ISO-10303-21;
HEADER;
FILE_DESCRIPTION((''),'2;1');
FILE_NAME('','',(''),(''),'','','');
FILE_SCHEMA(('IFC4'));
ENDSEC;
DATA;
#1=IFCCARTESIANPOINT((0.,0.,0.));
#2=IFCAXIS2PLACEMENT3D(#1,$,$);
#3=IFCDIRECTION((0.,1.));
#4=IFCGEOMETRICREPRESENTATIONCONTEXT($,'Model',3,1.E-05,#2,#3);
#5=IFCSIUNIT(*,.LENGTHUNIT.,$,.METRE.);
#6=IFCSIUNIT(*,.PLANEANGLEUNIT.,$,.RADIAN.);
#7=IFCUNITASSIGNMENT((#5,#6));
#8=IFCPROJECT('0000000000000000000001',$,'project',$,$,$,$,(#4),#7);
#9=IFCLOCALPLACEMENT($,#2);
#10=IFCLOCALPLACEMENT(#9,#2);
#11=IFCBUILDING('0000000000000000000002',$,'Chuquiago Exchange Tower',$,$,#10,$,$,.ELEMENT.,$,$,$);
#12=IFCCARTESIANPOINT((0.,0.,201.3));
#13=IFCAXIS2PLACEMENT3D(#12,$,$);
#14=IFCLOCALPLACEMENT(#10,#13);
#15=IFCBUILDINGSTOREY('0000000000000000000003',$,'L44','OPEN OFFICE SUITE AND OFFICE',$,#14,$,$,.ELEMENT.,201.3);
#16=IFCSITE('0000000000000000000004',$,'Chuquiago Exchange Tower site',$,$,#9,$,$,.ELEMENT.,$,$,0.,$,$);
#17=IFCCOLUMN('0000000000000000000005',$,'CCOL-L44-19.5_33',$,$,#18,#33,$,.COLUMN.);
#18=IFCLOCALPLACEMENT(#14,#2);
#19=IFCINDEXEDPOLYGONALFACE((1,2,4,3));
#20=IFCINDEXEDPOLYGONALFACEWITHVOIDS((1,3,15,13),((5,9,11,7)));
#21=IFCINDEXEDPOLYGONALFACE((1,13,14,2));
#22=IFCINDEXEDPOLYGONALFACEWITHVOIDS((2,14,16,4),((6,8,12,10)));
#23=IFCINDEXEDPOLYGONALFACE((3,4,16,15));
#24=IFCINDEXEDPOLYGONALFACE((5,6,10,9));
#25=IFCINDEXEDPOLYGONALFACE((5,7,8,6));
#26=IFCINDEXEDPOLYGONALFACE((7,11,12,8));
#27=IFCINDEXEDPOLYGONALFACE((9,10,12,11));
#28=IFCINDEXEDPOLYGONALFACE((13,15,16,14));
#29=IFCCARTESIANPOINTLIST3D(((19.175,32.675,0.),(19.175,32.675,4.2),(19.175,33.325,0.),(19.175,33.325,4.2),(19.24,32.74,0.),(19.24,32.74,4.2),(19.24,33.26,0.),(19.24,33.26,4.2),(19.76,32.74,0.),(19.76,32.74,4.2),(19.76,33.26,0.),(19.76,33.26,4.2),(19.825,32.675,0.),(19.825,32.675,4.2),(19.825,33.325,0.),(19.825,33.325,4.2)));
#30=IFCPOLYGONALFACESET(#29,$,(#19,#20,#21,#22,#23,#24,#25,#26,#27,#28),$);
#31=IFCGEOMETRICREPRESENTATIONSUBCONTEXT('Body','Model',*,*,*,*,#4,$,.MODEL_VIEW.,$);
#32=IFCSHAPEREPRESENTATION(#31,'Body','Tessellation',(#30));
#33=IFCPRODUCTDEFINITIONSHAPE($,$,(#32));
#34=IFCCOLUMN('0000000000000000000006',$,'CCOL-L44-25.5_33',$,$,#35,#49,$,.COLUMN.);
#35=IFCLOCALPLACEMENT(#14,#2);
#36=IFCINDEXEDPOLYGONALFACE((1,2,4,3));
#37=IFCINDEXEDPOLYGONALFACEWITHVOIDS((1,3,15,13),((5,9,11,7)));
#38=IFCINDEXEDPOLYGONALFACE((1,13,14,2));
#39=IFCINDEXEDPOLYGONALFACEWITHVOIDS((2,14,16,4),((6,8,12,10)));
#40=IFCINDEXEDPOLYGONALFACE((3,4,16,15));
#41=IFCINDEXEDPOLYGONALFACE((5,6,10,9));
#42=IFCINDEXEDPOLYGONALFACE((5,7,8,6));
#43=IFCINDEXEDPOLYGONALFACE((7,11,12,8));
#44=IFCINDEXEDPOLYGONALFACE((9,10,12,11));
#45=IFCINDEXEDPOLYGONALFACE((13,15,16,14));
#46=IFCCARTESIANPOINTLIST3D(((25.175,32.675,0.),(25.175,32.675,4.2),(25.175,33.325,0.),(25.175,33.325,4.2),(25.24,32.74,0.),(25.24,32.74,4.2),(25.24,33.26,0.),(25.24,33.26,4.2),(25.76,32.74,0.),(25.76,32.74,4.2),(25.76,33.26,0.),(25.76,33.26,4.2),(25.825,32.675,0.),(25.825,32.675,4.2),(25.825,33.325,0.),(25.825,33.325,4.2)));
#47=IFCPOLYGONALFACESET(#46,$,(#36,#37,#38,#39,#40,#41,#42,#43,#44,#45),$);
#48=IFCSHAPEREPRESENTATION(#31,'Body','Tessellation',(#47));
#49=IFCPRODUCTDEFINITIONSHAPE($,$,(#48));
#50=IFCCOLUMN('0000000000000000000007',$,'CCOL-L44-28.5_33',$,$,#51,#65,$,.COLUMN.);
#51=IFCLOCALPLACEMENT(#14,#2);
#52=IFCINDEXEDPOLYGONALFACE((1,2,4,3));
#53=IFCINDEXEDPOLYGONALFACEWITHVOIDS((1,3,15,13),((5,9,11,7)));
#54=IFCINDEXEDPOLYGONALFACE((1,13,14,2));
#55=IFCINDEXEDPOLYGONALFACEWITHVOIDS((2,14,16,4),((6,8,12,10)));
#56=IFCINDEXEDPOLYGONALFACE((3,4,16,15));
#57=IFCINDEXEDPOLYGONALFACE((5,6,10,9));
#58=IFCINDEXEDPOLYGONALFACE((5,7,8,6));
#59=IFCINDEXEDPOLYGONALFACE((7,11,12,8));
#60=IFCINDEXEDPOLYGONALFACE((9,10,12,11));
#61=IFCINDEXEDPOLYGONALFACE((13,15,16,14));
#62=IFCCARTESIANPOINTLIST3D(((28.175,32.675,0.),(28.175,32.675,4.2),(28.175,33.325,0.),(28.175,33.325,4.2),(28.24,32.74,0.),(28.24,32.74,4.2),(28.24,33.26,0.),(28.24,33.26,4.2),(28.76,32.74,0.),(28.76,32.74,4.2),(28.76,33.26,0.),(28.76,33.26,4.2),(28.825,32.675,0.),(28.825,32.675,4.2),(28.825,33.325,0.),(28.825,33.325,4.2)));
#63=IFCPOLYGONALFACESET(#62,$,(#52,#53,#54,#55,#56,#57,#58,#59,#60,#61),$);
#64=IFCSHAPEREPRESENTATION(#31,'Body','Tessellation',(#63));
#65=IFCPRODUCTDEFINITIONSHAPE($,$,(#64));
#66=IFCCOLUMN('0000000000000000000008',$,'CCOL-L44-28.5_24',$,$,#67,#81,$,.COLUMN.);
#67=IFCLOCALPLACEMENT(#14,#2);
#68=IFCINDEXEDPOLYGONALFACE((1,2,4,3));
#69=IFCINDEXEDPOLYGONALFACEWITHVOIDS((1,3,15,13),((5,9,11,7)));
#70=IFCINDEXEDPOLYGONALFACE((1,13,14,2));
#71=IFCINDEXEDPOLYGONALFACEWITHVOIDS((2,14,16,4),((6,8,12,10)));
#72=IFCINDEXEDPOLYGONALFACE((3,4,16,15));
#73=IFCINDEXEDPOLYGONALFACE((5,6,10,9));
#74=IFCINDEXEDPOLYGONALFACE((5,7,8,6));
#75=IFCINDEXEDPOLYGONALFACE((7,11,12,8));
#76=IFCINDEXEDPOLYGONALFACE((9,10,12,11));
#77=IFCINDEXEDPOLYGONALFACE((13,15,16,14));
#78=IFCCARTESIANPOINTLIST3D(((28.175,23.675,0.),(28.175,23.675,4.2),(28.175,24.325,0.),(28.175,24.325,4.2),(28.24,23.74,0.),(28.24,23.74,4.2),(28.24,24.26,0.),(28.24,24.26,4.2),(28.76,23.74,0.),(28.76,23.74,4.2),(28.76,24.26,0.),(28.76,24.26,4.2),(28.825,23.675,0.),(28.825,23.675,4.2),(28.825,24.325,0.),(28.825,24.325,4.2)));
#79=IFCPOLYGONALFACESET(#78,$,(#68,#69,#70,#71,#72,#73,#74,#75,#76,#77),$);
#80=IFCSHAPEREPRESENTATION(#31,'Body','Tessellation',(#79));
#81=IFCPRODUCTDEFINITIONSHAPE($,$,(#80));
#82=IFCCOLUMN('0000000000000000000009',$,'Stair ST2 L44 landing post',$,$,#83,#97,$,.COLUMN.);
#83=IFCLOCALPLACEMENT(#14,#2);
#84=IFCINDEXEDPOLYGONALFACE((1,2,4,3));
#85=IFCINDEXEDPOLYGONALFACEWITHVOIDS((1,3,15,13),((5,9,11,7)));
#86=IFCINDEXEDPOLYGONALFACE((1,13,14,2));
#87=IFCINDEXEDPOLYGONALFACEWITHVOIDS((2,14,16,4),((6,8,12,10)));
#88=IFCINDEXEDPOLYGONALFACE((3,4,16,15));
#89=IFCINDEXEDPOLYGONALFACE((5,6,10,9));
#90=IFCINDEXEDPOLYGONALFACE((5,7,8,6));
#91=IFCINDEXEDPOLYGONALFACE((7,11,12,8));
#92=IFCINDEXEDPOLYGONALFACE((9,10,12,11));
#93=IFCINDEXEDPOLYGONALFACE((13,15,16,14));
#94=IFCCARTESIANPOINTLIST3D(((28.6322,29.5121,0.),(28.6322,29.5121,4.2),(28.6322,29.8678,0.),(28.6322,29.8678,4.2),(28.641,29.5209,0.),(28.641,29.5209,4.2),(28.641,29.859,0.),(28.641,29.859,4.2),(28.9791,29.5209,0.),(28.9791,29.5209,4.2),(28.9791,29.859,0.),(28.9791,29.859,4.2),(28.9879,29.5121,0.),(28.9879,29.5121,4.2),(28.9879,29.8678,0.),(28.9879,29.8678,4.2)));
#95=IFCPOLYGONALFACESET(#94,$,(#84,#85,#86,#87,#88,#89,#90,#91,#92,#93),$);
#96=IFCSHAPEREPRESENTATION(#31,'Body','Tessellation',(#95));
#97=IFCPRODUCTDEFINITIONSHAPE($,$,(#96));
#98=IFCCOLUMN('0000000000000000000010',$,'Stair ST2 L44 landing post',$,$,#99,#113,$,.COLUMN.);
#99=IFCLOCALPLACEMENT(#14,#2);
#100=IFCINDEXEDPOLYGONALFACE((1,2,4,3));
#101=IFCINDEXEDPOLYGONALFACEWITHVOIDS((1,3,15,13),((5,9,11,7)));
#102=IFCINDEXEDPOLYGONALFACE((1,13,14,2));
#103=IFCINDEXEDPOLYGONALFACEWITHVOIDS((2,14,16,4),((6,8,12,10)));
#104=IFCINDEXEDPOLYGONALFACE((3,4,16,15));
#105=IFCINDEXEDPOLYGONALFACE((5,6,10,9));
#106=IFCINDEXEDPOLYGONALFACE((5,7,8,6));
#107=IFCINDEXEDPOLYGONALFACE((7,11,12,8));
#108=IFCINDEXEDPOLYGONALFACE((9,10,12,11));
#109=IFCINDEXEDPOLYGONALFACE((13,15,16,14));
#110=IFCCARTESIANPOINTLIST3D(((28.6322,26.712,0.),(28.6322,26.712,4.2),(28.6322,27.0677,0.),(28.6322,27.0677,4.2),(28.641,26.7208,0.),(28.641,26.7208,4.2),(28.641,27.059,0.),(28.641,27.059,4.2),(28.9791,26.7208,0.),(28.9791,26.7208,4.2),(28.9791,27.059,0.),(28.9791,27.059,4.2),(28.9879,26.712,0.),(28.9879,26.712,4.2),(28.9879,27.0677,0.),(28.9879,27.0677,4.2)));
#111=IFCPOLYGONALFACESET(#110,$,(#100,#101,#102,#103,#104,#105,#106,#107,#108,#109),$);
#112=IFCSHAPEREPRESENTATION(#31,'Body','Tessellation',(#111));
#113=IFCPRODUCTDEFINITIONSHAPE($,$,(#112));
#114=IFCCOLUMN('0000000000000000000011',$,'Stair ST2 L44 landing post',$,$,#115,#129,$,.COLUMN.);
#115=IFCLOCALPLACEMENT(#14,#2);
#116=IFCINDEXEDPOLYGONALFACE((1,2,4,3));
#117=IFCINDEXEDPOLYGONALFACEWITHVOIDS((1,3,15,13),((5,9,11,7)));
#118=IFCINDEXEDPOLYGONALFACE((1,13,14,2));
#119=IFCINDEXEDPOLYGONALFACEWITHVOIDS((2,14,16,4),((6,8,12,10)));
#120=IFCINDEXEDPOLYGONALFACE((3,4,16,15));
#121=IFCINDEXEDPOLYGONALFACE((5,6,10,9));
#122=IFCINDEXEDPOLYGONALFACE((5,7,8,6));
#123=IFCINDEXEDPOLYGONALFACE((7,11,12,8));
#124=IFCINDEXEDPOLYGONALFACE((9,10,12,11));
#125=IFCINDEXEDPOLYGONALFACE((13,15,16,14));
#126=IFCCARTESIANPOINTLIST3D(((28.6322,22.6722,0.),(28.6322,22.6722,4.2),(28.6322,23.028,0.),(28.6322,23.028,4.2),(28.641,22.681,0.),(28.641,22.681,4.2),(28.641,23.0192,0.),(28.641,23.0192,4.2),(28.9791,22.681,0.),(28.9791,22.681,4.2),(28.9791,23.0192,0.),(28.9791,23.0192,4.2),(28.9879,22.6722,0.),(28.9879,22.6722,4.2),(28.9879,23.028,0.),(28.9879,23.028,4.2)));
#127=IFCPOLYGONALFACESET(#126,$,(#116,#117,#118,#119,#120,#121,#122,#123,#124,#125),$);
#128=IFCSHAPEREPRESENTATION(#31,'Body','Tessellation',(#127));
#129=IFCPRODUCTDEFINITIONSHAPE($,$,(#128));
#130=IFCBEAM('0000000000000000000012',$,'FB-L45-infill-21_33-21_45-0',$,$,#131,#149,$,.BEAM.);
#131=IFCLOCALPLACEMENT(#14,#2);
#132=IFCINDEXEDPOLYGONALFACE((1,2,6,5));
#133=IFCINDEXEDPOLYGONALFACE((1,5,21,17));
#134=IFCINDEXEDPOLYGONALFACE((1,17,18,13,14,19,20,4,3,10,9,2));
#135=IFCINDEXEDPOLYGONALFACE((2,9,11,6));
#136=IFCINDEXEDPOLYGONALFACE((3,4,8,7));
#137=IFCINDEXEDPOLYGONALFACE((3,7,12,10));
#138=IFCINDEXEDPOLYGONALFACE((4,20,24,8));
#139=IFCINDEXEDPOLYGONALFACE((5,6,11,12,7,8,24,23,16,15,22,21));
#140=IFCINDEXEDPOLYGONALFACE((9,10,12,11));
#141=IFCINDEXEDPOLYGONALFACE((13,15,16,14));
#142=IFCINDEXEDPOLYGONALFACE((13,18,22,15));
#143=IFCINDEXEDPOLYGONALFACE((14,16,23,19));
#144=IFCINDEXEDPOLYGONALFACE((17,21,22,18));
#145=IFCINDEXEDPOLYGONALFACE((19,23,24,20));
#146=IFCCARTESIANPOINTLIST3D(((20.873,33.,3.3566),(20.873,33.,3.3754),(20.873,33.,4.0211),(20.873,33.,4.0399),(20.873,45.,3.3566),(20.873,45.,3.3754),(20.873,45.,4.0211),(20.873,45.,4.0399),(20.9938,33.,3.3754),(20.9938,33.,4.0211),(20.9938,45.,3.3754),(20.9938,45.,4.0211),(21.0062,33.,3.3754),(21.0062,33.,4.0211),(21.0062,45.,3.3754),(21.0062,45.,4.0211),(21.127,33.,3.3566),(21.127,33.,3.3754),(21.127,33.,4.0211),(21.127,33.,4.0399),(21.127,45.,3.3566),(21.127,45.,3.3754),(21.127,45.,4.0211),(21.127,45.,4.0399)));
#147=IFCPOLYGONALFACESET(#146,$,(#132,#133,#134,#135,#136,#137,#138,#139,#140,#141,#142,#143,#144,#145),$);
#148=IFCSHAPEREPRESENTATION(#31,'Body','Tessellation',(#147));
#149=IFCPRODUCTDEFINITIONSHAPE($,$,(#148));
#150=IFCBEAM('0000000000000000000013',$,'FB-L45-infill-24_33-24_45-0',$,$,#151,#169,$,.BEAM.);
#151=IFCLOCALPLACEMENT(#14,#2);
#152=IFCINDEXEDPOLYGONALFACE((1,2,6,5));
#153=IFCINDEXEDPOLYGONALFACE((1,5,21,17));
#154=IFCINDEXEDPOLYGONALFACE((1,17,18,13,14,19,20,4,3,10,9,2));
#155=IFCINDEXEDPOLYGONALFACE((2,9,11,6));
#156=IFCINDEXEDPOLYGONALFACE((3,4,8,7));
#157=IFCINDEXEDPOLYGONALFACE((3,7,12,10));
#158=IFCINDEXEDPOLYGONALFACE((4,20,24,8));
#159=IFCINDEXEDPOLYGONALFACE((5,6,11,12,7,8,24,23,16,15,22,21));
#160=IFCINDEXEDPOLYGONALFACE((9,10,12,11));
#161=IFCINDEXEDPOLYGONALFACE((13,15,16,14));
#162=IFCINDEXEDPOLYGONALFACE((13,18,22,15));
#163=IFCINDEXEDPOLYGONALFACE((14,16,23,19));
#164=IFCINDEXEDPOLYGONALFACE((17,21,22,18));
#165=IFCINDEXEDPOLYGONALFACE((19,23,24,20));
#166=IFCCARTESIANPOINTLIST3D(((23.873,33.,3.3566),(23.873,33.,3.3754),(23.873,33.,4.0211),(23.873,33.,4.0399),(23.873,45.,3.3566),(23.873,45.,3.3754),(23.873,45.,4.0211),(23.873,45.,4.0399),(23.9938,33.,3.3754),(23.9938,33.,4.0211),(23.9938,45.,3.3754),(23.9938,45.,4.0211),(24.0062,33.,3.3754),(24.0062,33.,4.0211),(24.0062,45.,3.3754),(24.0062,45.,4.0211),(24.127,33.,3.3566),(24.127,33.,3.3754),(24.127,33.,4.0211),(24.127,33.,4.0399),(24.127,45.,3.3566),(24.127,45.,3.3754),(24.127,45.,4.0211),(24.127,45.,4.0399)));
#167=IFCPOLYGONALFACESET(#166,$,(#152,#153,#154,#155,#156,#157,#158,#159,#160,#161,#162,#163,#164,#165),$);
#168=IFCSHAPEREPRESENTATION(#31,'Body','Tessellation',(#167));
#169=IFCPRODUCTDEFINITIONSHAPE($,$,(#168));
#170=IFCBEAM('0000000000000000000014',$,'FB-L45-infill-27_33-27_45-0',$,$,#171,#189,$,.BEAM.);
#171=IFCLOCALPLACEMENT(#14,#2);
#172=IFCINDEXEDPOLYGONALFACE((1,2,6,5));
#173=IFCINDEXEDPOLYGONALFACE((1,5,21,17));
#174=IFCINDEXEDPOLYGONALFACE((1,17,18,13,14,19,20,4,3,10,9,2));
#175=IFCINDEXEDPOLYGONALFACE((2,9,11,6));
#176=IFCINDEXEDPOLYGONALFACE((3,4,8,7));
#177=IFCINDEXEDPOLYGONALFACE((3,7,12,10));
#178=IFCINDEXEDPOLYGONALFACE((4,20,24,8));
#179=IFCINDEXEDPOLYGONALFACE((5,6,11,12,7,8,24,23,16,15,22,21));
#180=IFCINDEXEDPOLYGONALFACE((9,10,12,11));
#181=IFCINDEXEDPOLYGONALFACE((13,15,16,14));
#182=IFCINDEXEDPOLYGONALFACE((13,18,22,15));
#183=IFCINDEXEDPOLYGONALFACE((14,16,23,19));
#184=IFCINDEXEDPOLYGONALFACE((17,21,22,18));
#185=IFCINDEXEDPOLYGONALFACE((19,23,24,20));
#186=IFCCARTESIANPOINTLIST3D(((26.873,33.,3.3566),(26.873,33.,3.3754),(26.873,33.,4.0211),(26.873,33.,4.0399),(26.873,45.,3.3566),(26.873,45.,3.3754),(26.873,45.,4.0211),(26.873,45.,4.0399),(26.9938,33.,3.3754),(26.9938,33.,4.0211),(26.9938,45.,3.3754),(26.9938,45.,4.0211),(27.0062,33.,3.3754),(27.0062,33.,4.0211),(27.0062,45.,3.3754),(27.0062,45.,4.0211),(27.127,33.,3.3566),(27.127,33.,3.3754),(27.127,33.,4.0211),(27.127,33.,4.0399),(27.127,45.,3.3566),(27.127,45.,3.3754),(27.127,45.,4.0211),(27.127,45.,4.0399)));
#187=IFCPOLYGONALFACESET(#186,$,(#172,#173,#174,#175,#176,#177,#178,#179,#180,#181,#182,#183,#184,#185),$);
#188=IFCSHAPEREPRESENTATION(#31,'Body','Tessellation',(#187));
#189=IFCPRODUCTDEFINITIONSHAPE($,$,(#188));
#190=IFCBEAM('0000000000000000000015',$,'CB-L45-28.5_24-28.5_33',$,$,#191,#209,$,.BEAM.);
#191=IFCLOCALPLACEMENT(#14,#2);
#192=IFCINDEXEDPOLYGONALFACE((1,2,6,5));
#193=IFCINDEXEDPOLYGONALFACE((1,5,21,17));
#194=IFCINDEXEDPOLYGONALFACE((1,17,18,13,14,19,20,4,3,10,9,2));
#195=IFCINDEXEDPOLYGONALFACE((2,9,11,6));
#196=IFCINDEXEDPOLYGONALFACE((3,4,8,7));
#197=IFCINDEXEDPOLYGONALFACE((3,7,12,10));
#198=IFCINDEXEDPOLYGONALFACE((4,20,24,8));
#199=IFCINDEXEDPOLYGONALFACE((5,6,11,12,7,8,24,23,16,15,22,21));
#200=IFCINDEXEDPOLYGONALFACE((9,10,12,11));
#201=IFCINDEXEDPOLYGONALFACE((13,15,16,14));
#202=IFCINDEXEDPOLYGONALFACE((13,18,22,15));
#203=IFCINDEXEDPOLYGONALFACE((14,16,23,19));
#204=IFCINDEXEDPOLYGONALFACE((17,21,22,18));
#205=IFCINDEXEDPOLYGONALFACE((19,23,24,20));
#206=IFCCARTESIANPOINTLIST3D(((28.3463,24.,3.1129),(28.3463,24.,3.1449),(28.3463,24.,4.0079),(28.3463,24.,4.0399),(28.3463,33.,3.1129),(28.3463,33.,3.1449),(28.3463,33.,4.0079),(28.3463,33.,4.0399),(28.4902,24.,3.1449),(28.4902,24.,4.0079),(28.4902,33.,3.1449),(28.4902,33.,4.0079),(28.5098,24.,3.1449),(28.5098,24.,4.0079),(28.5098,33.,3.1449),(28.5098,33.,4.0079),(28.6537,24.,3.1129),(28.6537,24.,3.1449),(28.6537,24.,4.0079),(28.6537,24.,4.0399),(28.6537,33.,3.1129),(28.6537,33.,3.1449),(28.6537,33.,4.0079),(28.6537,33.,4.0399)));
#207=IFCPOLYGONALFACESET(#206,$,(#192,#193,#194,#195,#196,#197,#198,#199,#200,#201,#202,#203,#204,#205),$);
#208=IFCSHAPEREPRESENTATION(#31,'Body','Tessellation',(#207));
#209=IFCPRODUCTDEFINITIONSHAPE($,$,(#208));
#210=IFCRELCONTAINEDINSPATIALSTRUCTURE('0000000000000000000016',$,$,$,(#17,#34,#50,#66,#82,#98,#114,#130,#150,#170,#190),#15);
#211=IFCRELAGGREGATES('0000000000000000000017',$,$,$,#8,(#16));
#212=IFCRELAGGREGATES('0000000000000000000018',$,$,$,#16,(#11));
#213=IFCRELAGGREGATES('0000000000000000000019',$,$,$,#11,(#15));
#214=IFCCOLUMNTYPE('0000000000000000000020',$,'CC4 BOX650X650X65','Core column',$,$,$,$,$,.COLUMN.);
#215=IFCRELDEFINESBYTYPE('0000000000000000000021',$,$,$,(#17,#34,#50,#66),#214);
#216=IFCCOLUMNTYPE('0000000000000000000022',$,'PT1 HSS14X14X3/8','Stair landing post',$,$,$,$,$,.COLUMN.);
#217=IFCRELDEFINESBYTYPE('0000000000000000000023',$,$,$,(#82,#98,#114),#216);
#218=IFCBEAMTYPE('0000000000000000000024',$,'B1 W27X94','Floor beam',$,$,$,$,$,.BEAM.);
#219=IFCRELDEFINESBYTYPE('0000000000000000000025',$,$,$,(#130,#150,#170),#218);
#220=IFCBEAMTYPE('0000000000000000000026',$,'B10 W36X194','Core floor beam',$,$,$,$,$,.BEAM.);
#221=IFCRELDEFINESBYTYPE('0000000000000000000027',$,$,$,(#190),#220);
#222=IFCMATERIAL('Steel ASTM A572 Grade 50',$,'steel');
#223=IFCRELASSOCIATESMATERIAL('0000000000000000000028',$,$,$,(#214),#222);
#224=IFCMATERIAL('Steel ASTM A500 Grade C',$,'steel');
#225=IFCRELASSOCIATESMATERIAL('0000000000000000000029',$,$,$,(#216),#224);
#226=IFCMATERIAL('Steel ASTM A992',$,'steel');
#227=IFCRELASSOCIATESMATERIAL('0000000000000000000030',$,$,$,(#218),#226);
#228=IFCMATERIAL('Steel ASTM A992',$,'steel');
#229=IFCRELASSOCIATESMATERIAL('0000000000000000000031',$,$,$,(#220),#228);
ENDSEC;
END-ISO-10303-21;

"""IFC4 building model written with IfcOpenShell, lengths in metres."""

from ifc_helpers import new_model, si_unit, direction, frame, origin, origin_2d, place, context, subcontext, project, spatial, hollow_rectangle, i_section, extrude, material, material_profile, profile_set, type_object, element, save


model = new_model("IFC4")

# Units and contexts
model_context = context("Model", 3, precision=1e-05, world=origin(), true_north=direction((0.0, 1.0)))
body_context = subcontext(model_context, "Body", "Model", "MODEL_VIEW")
ifc_project = project(units=[si_unit("LENGTHUNIT", "METRE"), si_unit("PLANEANGLEUNIT", "RADIAN")], contexts=[model_context])

# Site, building, storey
site_placement = place(None, origin())
site = spatial("IfcSite", under=ifc_project, at=site_placement, Name="Chuquiago Exchange Tower site", CompositionType="ELEMENT", RefElevation=0.0)
building_placement = place(site_placement, origin())
building = spatial("IfcBuilding", under=site, at=building_placement, Name="Chuquiago Exchange Tower", CompositionType="ELEMENT")
storey_placement = place(building_placement, frame((0.0, 0.0, 201.3)))
storey = spatial("IfcBuildingStorey", under=building, at=storey_placement, Name="L44", Description="OPEN OFFICE SUITE AND OFFICE", CompositionType="ELEMENT", Elevation=201.3)

# Columns
ifc_material_1 = material(Name="Steel ASTM A572 Grade 50", Category="steel")
ifc_material_profile_1 = material_profile(ifc_material_1, hollow_rectangle(XDim=0.6499, YDim=0.6499, WallThickness=0.0649, at=origin_2d()), Name="BOX650X650X65")
ifc_profile_set_1 = profile_set([ifc_material_profile_1], Name="Steel ASTM A572 Grade 50")
column_type_1 = type_object("IfcColumnType", Name="CC4 BOX650X650X65", Description="Core column", PredefinedType="COLUMN", material=ifc_profile_set_1)
for number, where, z_axis, x_axis, name in (
    (1, (19.5, 33.0, 0.0), (0.0, 0.0, 1.0), (1.0, 0.0, 0.0), "CCOL-L44-19.5_33"),
    (2, (25.5, 33.0, 0.0), (0.0, 0.0, 1.0), (1.0, 0.0, 0.0), "CCOL-L44-25.5_33"),
    (3, (28.5, 33.0, 0.0), (0.0, 0.0, 1.0), (1.0, 0.0, 0.0), "CCOL-L44-28.5_33"),
    (4, (28.5, 24.0, 0.0), (0.0, 0.0, 1.0), (1.0, 0.0, 0.0), "CCOL-L44-28.5_24"),
):
    element("IfcColumn", number, at=place(storey_placement, frame(where, z_axis=z_axis, x_axis=x_axis)), inside=storey, type_object=column_type_1, Name=name, PredefinedType="COLUMN", context=body_context, shape_type="SweptSolid", body=[
        extrude(hollow_rectangle(XDim=0.6499, YDim=0.6499, WallThickness=0.0649, at=origin_2d()), origin(), (0.0, 0.0, 1.0), 4.2),
    ])
ifc_material_2 = material(Name="Steel ASTM A500 Grade C", Category="steel")
ifc_material_profile_2 = material_profile(ifc_material_2, hollow_rectangle(XDim=0.3557, YDim=0.3557, WallThickness=0.0088, at=origin_2d()), Name="HSS14X14X3/8")
ifc_profile_set_2 = profile_set([ifc_material_profile_2], Name="Steel ASTM A500 Grade C")
column_type_2 = type_object("IfcColumnType", Name="PT1 HSS14X14X3/8", Description="Stair landing post", PredefinedType="COLUMN", material=ifc_profile_set_2)
for number, where, z_axis, x_axis, name in (
    (5, (28.8101, 29.6899, 0.0), (0.0, 0.0, 1.0), (1.0, 0.0, 0.0), "Stair ST2 L44 landing post"),
    (6, (28.8101, 26.8899, 0.0), (0.0, 0.0, 1.0), (1.0, 0.0, 0.0), "Stair ST2 L44 landing post"),
    (7, (28.8101, 22.8501, 0.0), (0.0, 0.0, 1.0), (1.0, 0.0, 0.0), "Stair ST2 L44 landing post"),
):
    element("IfcColumn", number, at=place(storey_placement, frame(where, z_axis=z_axis, x_axis=x_axis)), inside=storey, type_object=column_type_2, Name=name, PredefinedType="COLUMN", context=body_context, shape_type="SweptSolid", body=[
        extrude(hollow_rectangle(XDim=0.3557, YDim=0.3557, WallThickness=0.0088, at=origin_2d()), origin(), (0.0, 0.0, 1.0), 4.2),
    ])

# Beams
ifc_material_3 = material(Name="Steel ASTM A992", Category="steel")
ifc_material_profile_3 = material_profile(ifc_material_3, i_section(OverallWidth=0.2539, OverallDepth=0.6833, WebThickness=0.0125, FlangeThickness=0.0188, at=origin_2d()), Name="W27X94")
ifc_profile_set_3 = profile_set([ifc_material_profile_3], Name="Steel ASTM A992")
beam_type_1 = type_object("IfcBeamType", Name="B1 W27X94", Description="Floor beam", PredefinedType="BEAM", material=ifc_profile_set_3)
for number, where, z_axis, x_axis, name in (
    (8, (21.0, 33.0, 3.6982), (0.0, 1.0, 0.0), (-1.0, 0.0, 0.0), "FB-L45-infill-21_33-21_45-0"),
    (9, (24.0, 33.0, 3.6982), (0.0, 1.0, 0.0), (-1.0, 0.0, 0.0), "FB-L45-infill-24_33-24_45-0"),
    (10, (27.0, 33.0, 3.6982), (0.0, 1.0, 0.0), (-1.0, 0.0, 0.0), "FB-L45-infill-27_33-27_45-0"),
):
    element("IfcBeam", number, at=place(storey_placement, frame(where, z_axis=z_axis, x_axis=x_axis)), inside=storey, type_object=beam_type_1, Name=name, PredefinedType="BEAM", context=body_context, shape_type="SweptSolid", body=[
        extrude(i_section(OverallWidth=0.2539, OverallDepth=0.6833, WebThickness=0.0125, FlangeThickness=0.0188, at=origin_2d()), origin(), (0.0, 0.0, 1.0), 12.0),
    ])
ifc_material_4 = material(Name="Steel ASTM A992", Category="steel")
ifc_material_profile_4 = material_profile(ifc_material_4, i_section(OverallWidth=0.3074, OverallDepth=0.927, WebThickness=0.0195, FlangeThickness=0.032, at=origin_2d()), Name="W36X194")
ifc_profile_set_4 = profile_set([ifc_material_profile_4], Name="Steel ASTM A992")
beam_type_2 = type_object("IfcBeamType", Name="B10 W36X194", Description="Core floor beam", PredefinedType="BEAM", material=ifc_profile_set_4)
beam_1_placement = place(storey_placement, frame((28.5, 24.0, 3.5764), z_axis=(0.0, 1.0, 0.0), x_axis=(-1.0, 0.0, 0.0)))
element("IfcBeam", 11, at=beam_1_placement, inside=storey, type_object=beam_type_2, Name="CB-L45-28.5_24-28.5_33", PredefinedType="BEAM", context=body_context, shape_type="SweptSolid", body=[
    extrude(i_section(OverallWidth=0.3074, OverallDepth=0.927, WebThickness=0.0195, FlangeThickness=0.032, at=origin_2d()), origin(), (0.0, 0.0, 1.0), 9.0),
])

save(model, "model.ifc")
